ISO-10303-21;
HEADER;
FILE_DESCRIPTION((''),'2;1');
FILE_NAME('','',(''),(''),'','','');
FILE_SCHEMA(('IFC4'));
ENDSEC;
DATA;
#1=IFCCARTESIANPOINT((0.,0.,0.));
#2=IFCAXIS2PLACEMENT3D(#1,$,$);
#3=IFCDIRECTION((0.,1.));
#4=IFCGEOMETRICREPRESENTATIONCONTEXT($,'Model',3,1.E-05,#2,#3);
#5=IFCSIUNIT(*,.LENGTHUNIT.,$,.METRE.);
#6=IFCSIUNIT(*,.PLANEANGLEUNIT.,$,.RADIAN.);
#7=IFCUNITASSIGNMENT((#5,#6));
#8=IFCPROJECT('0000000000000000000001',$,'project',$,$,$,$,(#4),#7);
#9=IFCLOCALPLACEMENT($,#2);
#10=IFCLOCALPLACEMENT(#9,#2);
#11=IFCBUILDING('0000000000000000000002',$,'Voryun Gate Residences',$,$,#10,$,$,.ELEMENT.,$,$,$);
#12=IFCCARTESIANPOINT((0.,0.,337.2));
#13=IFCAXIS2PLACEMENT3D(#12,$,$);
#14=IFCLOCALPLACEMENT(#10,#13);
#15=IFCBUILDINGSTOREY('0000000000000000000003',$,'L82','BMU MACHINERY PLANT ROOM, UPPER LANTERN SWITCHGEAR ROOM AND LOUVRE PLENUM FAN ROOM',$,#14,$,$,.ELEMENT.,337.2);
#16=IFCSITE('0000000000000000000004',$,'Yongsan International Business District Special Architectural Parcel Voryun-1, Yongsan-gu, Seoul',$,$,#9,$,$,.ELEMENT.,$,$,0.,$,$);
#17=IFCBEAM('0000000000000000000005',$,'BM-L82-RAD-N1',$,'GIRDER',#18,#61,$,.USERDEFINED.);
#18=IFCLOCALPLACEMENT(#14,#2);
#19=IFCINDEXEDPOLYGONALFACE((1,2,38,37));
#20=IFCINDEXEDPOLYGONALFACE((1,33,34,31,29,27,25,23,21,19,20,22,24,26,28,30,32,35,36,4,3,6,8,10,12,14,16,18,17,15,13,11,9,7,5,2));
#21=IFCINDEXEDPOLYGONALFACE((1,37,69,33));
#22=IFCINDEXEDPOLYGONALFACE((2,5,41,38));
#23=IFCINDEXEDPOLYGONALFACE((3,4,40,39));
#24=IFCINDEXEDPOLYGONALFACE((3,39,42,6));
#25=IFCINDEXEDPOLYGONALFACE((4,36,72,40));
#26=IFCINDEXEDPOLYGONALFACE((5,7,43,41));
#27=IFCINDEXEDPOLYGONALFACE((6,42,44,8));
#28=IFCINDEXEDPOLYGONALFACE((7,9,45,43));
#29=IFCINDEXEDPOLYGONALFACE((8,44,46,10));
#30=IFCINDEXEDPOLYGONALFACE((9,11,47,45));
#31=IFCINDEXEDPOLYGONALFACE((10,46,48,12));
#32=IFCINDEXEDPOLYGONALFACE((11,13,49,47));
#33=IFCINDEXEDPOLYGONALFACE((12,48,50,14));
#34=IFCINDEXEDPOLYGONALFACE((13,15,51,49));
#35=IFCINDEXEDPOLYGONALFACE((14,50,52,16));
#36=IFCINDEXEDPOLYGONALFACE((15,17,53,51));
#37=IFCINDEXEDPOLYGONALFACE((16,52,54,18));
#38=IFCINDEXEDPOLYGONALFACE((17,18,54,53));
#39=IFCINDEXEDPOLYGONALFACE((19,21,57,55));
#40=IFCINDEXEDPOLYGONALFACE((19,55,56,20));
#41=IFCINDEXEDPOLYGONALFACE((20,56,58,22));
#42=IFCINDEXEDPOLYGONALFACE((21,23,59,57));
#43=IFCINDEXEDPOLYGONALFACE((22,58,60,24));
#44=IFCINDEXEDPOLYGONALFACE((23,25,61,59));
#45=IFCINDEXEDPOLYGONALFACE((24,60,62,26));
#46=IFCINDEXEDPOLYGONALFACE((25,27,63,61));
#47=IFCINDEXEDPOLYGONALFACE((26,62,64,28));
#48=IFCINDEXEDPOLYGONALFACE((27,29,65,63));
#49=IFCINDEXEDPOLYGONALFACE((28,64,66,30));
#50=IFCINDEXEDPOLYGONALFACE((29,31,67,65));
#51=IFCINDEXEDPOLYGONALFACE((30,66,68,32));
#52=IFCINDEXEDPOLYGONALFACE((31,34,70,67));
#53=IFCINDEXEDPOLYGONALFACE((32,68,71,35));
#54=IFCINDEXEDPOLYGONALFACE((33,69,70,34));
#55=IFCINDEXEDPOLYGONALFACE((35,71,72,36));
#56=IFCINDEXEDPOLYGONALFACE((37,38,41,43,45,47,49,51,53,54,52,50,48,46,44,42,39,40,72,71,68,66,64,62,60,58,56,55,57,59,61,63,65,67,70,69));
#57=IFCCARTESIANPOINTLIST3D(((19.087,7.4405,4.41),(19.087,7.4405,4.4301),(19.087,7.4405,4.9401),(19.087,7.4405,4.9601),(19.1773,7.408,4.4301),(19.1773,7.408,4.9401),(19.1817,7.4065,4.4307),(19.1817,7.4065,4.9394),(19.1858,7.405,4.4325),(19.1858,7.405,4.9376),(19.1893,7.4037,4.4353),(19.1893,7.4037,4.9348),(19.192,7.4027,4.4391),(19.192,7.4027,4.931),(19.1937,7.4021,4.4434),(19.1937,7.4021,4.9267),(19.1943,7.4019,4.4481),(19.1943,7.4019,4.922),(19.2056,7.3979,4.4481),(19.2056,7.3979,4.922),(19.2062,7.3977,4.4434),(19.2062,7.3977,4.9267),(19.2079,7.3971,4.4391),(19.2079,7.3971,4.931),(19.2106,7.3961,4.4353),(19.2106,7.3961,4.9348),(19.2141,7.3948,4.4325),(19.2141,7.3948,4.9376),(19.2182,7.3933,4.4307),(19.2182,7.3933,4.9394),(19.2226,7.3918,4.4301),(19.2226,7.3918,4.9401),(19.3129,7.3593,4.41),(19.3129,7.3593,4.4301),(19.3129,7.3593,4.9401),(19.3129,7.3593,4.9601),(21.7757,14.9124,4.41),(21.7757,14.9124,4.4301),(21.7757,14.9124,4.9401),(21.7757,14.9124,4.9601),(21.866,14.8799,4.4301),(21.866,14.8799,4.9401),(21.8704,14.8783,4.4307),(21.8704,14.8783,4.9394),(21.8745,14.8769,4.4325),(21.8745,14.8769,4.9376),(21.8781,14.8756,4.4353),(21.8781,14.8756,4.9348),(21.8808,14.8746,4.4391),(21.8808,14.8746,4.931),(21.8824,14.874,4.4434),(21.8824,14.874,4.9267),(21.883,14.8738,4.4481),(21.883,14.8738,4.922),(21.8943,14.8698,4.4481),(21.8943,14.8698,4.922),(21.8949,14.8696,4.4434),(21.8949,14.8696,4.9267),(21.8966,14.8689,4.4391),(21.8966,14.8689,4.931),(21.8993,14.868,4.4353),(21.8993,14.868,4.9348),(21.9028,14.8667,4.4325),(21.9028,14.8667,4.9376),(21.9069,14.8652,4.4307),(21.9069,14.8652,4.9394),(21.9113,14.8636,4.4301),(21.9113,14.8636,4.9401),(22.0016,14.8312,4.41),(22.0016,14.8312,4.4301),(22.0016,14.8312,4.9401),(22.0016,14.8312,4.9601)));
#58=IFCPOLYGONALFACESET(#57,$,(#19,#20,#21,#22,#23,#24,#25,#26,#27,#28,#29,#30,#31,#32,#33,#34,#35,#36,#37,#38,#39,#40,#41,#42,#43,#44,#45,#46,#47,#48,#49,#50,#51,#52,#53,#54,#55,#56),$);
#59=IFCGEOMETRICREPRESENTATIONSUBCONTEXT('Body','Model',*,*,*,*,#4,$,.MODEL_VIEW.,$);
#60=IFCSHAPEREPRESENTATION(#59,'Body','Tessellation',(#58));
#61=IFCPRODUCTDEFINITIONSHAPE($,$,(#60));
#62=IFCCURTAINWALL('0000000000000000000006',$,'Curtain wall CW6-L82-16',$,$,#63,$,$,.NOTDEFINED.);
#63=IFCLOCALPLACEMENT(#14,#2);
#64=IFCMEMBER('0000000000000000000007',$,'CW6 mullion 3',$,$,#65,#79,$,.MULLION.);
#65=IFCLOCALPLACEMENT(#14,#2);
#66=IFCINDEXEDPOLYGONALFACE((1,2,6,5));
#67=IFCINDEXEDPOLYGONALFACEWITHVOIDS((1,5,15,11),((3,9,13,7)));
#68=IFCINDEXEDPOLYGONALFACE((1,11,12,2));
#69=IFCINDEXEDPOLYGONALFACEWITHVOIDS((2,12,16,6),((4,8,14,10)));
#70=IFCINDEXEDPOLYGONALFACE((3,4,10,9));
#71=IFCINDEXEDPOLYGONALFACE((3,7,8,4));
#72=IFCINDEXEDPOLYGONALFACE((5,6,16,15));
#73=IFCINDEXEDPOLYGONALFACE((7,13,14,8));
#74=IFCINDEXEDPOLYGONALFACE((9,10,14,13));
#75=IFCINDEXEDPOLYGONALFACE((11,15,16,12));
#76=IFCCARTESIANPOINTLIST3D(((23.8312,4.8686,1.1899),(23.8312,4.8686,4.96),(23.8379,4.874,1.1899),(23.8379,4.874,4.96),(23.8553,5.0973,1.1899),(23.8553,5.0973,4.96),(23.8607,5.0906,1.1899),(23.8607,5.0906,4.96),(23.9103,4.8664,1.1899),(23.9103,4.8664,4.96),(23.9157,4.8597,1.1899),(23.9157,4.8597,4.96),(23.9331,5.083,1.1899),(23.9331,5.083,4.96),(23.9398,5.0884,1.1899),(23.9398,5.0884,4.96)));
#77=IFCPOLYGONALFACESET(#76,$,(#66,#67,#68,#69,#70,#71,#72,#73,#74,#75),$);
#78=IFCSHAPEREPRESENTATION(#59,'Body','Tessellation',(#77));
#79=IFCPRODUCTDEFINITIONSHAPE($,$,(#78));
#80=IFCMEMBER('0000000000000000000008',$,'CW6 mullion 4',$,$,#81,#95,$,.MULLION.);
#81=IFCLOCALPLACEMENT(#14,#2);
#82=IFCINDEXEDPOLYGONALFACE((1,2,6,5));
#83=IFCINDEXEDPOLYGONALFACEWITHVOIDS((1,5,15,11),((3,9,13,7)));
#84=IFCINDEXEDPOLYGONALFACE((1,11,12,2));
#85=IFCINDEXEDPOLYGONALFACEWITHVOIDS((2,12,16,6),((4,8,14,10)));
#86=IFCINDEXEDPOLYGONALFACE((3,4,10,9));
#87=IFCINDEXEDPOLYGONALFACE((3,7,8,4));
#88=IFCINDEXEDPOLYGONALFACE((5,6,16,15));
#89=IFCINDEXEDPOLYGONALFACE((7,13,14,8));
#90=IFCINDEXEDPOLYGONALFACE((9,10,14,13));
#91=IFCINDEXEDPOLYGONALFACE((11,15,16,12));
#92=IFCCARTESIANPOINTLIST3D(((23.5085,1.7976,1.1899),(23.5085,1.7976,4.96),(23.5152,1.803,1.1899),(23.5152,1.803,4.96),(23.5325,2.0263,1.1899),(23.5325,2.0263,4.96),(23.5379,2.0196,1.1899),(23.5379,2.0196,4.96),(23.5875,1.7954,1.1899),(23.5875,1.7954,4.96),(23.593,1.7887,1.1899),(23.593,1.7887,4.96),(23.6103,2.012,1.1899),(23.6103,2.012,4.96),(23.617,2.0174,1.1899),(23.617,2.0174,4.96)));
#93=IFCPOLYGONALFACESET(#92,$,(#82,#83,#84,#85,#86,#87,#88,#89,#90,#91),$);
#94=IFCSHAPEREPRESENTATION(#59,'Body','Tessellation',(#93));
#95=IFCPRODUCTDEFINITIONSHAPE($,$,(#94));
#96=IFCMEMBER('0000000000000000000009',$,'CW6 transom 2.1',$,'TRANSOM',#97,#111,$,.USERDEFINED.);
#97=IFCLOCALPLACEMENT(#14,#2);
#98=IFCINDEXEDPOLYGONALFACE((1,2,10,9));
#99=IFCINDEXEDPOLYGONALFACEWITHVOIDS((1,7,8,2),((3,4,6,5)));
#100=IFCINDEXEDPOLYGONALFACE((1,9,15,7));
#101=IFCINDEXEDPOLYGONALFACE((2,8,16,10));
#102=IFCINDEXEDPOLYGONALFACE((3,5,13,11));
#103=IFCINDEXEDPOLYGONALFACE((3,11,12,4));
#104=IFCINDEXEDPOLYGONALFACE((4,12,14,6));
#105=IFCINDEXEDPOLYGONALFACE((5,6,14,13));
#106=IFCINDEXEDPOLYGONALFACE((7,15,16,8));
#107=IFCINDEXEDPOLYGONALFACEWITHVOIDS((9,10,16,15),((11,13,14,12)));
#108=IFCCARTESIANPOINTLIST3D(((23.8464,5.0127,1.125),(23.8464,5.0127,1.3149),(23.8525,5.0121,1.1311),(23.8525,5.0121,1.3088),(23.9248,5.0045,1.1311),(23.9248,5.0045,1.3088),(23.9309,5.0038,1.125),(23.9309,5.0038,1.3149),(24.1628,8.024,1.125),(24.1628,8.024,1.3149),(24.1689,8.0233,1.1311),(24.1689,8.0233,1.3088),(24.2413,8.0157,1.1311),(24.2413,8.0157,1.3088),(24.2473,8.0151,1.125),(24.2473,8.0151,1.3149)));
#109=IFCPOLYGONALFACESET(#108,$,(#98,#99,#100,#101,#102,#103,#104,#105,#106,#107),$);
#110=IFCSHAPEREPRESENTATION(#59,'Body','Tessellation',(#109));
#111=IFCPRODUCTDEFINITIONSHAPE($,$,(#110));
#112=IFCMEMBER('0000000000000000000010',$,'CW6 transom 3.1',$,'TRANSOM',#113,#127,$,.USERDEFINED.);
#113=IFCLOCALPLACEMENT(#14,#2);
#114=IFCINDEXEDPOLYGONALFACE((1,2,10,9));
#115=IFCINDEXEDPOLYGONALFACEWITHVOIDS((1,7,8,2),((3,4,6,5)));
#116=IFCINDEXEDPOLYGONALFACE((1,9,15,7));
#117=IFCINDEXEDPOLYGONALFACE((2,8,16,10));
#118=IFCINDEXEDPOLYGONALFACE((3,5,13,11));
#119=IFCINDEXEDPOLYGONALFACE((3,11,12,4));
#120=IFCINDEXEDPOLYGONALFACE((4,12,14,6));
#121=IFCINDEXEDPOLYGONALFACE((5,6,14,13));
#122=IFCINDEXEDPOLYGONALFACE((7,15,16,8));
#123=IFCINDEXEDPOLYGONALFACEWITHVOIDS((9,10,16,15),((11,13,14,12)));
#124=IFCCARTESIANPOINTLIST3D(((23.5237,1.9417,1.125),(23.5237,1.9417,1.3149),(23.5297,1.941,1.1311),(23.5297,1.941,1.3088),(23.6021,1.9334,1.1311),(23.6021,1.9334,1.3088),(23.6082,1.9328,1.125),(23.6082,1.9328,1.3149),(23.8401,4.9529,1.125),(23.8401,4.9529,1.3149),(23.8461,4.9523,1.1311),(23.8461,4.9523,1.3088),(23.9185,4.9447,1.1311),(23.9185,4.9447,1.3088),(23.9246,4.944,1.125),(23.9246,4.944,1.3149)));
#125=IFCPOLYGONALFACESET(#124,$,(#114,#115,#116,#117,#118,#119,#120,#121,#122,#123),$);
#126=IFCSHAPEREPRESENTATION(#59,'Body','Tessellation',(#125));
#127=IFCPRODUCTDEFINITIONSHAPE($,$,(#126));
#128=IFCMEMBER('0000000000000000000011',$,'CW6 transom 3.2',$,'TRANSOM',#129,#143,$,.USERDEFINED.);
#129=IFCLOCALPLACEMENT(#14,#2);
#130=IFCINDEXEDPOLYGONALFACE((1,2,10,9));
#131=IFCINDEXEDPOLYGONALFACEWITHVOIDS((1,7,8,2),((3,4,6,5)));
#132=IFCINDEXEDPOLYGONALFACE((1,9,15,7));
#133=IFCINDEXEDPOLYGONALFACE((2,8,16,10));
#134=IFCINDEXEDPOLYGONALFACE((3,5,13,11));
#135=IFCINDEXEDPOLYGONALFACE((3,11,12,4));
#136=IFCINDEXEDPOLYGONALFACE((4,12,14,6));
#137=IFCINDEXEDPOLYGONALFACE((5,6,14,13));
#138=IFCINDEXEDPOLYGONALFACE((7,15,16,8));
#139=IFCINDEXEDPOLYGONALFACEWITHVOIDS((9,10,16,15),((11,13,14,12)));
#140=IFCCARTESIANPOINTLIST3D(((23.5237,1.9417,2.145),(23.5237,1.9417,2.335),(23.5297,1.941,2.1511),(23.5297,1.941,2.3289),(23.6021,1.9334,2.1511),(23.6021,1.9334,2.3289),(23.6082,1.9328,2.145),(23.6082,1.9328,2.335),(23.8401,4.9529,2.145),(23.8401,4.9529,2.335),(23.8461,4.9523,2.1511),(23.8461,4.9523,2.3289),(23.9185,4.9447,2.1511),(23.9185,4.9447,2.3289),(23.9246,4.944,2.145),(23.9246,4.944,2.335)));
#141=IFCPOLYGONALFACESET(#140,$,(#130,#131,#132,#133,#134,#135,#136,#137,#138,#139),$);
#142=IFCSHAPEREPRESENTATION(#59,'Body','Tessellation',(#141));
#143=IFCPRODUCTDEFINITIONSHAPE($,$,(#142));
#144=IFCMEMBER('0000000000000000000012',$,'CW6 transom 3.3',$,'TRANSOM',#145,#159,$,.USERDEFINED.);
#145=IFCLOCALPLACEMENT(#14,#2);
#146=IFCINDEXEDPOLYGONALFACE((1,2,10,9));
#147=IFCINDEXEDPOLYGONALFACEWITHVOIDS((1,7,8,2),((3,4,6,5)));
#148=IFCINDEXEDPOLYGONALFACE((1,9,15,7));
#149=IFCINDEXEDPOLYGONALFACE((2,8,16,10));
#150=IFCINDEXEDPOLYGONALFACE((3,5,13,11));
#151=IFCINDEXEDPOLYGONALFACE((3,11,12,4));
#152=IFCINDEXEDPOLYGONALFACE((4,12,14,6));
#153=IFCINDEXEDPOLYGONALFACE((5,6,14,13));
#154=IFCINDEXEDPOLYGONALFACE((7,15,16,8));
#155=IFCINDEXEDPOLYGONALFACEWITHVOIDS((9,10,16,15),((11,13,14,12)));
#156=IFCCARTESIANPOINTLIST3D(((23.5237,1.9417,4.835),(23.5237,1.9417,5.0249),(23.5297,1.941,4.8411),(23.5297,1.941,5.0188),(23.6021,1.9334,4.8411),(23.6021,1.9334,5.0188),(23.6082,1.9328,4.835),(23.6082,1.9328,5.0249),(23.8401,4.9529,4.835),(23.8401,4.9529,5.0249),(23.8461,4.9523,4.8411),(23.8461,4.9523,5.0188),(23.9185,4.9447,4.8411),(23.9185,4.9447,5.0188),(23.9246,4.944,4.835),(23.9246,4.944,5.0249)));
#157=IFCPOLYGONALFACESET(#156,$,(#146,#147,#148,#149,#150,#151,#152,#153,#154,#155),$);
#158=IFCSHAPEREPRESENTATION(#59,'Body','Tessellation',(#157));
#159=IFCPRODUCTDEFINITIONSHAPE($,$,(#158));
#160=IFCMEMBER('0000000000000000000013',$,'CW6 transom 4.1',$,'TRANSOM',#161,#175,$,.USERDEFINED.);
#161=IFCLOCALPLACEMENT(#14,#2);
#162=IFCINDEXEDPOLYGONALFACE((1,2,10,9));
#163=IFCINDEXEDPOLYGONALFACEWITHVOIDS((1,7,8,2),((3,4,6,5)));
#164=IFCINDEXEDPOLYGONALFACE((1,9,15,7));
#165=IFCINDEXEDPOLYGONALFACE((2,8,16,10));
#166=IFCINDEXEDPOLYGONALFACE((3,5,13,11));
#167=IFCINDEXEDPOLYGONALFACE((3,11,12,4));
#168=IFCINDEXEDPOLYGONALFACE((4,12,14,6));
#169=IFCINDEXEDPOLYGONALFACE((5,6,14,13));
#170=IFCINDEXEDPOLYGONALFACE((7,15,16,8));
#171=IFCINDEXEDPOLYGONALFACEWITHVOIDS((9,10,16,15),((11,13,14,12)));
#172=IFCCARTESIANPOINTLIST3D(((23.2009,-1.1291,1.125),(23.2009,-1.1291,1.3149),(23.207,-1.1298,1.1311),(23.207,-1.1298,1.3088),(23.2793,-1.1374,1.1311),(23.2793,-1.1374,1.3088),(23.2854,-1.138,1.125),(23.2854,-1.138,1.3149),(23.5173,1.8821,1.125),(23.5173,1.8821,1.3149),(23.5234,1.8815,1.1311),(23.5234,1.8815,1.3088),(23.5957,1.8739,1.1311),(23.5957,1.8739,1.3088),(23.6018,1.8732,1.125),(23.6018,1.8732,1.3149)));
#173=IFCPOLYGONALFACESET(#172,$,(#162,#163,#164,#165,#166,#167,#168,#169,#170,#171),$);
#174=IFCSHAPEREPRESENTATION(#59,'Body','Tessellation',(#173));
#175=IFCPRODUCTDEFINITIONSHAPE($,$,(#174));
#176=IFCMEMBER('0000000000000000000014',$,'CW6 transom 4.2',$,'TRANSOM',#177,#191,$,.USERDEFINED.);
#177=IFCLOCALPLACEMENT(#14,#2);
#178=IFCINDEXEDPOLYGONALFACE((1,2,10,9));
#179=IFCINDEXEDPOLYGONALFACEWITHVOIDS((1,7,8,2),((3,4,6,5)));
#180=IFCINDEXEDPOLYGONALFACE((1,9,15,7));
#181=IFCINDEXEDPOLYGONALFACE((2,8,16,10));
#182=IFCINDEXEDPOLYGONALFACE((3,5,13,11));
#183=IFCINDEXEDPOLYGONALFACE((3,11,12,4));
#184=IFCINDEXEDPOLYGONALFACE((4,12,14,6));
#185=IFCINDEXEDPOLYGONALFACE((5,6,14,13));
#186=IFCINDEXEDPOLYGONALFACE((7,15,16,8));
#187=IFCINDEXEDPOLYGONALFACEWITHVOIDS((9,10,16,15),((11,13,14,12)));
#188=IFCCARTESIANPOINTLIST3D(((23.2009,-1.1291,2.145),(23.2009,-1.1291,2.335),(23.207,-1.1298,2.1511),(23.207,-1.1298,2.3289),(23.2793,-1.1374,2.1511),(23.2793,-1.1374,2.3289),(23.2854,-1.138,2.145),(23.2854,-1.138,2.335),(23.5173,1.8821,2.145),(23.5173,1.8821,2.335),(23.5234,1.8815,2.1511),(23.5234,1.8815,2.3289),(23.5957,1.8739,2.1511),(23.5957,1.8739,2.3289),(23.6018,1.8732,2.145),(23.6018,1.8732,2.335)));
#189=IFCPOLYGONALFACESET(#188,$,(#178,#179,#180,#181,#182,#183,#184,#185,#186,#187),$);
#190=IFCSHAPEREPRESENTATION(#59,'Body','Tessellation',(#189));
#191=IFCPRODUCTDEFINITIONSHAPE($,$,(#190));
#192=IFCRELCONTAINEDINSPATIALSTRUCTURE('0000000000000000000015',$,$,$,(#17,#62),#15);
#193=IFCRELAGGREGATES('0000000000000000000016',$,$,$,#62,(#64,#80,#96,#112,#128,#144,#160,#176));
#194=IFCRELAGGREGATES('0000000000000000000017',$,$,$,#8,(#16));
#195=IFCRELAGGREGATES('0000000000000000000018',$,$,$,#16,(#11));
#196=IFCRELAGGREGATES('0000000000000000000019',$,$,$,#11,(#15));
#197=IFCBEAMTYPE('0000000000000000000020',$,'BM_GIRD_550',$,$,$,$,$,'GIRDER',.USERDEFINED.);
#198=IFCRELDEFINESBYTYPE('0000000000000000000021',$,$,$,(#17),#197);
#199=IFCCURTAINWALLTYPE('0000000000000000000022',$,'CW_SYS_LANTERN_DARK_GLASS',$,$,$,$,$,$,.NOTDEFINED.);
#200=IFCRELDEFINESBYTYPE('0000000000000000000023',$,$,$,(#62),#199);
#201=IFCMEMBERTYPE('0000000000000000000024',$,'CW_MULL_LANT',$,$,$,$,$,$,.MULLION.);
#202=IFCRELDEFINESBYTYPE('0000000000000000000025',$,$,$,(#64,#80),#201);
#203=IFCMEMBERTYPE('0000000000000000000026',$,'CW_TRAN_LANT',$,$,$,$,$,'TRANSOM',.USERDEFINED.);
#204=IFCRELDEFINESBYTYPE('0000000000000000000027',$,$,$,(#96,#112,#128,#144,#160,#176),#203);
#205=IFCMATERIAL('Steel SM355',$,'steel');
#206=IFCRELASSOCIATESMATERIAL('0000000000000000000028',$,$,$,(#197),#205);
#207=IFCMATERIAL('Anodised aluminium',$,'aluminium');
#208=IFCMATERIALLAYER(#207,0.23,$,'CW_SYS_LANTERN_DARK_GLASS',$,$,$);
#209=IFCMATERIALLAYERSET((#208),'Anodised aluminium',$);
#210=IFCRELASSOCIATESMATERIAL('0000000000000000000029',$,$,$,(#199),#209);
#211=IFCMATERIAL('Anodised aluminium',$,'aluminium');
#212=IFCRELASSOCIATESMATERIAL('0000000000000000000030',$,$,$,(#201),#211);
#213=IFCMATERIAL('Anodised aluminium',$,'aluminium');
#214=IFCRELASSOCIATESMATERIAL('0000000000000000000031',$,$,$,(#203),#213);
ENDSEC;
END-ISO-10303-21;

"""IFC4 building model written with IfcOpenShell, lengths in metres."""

from ifc_helpers import new_model, si_unit, direction, frame, origin, origin_2d, place, context, subcontext, project, spatial, hollow_rectangle, i_section, extrude, material, layer, layer_set, material_profile, profile_set, type_object, element, aggregate, save


model = new_model("IFC4")

# Units and contexts
model_context = context("Model", 3, precision=1e-05, world=origin(), true_north=direction((0.0, 1.0)))
body_context = subcontext(model_context, "Body", "Model", "MODEL_VIEW")
ifc_project = project(units=[si_unit("LENGTHUNIT", "METRE"), si_unit("PLANEANGLEUNIT", "RADIAN")], contexts=[model_context])

# Site, building, storey
site_placement = place(None, origin())
site = spatial("IfcSite", under=ifc_project, at=site_placement, Name="Yongsan International Business District Special Architectural Parcel Voryun-1, Yongsan-gu, Seoul", CompositionType="ELEMENT", RefElevation=0.0)
building_placement = place(site_placement, origin())
building = spatial("IfcBuilding", under=site, at=building_placement, Name="Voryun Gate Residences", CompositionType="ELEMENT")
storey_placement = place(building_placement, frame((0.0, 0.0, 337.2)))
storey = spatial("IfcBuildingStorey", under=building, at=storey_placement, Name="L82", Description="BMU MACHINERY PLANT ROOM, UPPER LANTERN SWITCHGEAR ROOM AND LOUVRE PLENUM FAN ROOM", CompositionType="ELEMENT", Elevation=337.2)

# Beam
ifc_material_1 = material(Name="Steel SM355", Category="steel")
ifc_material_profile_1 = material_profile(ifc_material_1, i_section(OverallWidth=0.24, OverallDepth=0.55, WebThickness=0.012, FlangeThickness=0.02, FilletRadius=0.0181, at=origin_2d()), Name="H-550x240x12x20")
ifc_profile_set_1 = profile_set([ifc_material_profile_1], Name="Steel SM355")
beam_type_1 = type_object("IfcBeamType", Name="BM_GIRD_550", ElementType="GIRDER", PredefinedType="USERDEFINED", material=ifc_profile_set_1)
beam_1_placement = place(storey_placement, frame((19.2, 7.3999, 4.6851), z_axis=(0.338589, 0.940934, 0.0), x_axis=(-0.940934, 0.338589, 0.0)))
element("IfcBeam", 1, at=beam_1_placement, inside=storey, type_object=beam_type_1, Name="BM-L82-RAD-N1", ObjectType="GIRDER", PredefinedType="USERDEFINED", context=body_context, shape_type="SweptSolid", body=[
    extrude(i_section(OverallWidth=0.24, OverallDepth=0.55, WebThickness=0.012, FlangeThickness=0.02, FilletRadius=0.0181, at=origin_2d()), origin(), (0.0, 0.0, 1.0), 7.9409),
])

# Curtain wall, members
ifc_material_2 = material(Name="Anodised aluminium", Category="aluminium")
ifc_layer_1 = layer(ifc_material_2, 0.23, Name="CW_SYS_LANTERN_DARK_GLASS")
ifc_layer_set_1 = layer_set([ifc_layer_1], Name="Anodised aluminium")
curtain_wall_type = type_object("IfcCurtainWallType", Name="CW_SYS_LANTERN_DARK_GLASS", PredefinedType="NOTDEFINED", material=ifc_layer_set_1)
curtain_wall_placement = place(storey_placement, origin())
curtain_wall = element("IfcCurtainWall", 2, at=curtain_wall_placement, inside=storey, type_object=curtain_wall_type, Name="Curtain wall CW6-L82-16", PredefinedType="NOTDEFINED")
ifc_material_3 = material(Name="Anodised aluminium", Category="aluminium")
ifc_material_profile_2 = material_profile(ifc_material_3, hollow_rectangle(XDim=0.085, YDim=0.23, WallThickness=0.0061, at=origin_2d()), Name="ALU-MULL-230x85x6")
ifc_profile_set_2 = profile_set([ifc_material_profile_2], Name="Anodised aluminium")
member_type_1 = type_object("IfcMemberType", Name="CW_MULL_LANT", PredefinedType="MULLION", material=ifc_profile_set_2)
member_1_placement = place(storey_placement, frame((23.8855, 4.9785, 1.1899), z_axis=(0.0, 0.0, 1.0), x_axis=(0.994522, -0.104528, 0.0)))
member_1 = element("IfcMember", 3, at=member_1_placement, type_object=member_type_1, Name="CW6 mullion 3", PredefinedType="MULLION", context=body_context, shape_type="SweptSolid", body=[
    extrude(hollow_rectangle(XDim=0.085, YDim=0.23, WallThickness=0.0061, at=origin_2d()), origin(), (0.0, 0.0, 1.0), 3.77),
])
member_2_placement = place(storey_placement, frame((23.5627, 1.9075, 1.1899), z_axis=(0.0, 0.0, 1.0), x_axis=(0.994522, -0.104528, 0.0)))
member_2 = element("IfcMember", 4, at=member_2_placement, type_object=member_type_1, Name="CW6 mullion 4", PredefinedType="MULLION", context=body_context, shape_type="SweptSolid", body=[
    extrude(hollow_rectangle(XDim=0.085, YDim=0.23, WallThickness=0.0061, at=origin_2d()), origin(), (0.0, 0.0, 1.0), 3.77),
])
ifc_material_4 = material(Name="Anodised aluminium", Category="aluminium")
ifc_material_profile_3 = material_profile(ifc_material_4, hollow_rectangle(XDim=0.085, YDim=0.1899, WallThickness=0.0061, at=origin_2d()), Name="ALU-TRAN-190x85x6")
ifc_profile_set_3 = profile_set([ifc_material_profile_3], Name="Anodised aluminium")
member_type_2 = type_object("IfcMemberType", Name="CW_TRAN_LANT", ElementType="TRANSOM", PredefinedType="USERDEFINED", material=ifc_profile_set_3)
member_3_placement = place(storey_placement, frame((24.2051, 8.0195, 1.22), z_axis=(-0.1045, -0.994525, 0.0), x_axis=(0.994525, -0.1045, 0.0)))
member_3 = element("IfcMember", 5, at=member_3_placement, type_object=member_type_2, Name="CW6 transom 2.1", ObjectType="TRANSOM", PredefinedType="USERDEFINED", context=body_context, shape_type="SweptSolid", body=[
    extrude(hollow_rectangle(XDim=0.085, YDim=0.1899, WallThickness=0.0061, at=origin_2d()), origin(), (0.0, 0.0, 1.0), 3.0278),
])
member_4_placement = place(storey_placement, frame((23.8823, 4.9485, 1.22), z_axis=(-0.1045, -0.994525, 0.0), x_axis=(0.994525, -0.1045, 0.0)))
member_4 = element("IfcMember", 6, at=member_4_placement, type_object=member_type_2, Name="CW6 transom 3.1", ObjectType="TRANSOM", PredefinedType="USERDEFINED", context=body_context, shape_type="SweptSolid", body=[
    extrude(hollow_rectangle(XDim=0.085, YDim=0.1899, WallThickness=0.0061, at=origin_2d()), origin(), (0.0, 0.0, 1.0), 3.0278),
])
member_5_placement = place(storey_placement, frame((23.8823, 4.9485, 2.24), z_axis=(-0.1045, -0.994525, 0.0), x_axis=(0.994525, -0.1045, 0.0)))
member_5 = element("IfcMember", 7, at=member_5_placement, type_object=member_type_2, Name="CW6 transom 3.2", ObjectType="TRANSOM", PredefinedType="USERDEFINED", context=body_context, shape_type="SweptSolid", body=[
    extrude(hollow_rectangle(XDim=0.085, YDim=0.1899, WallThickness=0.0061, at=origin_2d()), origin(), (0.0, 0.0, 1.0), 3.0278),
])
member_6_placement = place(storey_placement, frame((23.8823, 4.9485, 4.9299), z_axis=(-0.1045, -0.994525, 0.0), x_axis=(0.994525, -0.1045, 0.0)))
member_6 = element("IfcMember", 8, at=member_6_placement, type_object=member_type_2, Name="CW6 transom 3.3", ObjectType="TRANSOM", PredefinedType="USERDEFINED", context=body_context, shape_type="SweptSolid", body=[
    extrude(hollow_rectangle(XDim=0.085, YDim=0.1899, WallThickness=0.0061, at=origin_2d()), origin(), (0.0, 0.0, 1.0), 3.0278),
])
member_7_placement = place(storey_placement, frame((23.5596, 1.8777, 1.22), z_axis=(-0.1045, -0.994525, 0.0), x_axis=(0.994525, -0.1045, 0.0)))
member_7 = element("IfcMember", 9, at=member_7_placement, type_object=member_type_2, Name="CW6 transom 4.1", ObjectType="TRANSOM", PredefinedType="USERDEFINED", context=body_context, shape_type="SweptSolid", body=[
    extrude(hollow_rectangle(XDim=0.085, YDim=0.1899, WallThickness=0.0061, at=origin_2d()), origin(), (0.0, 0.0, 1.0), 3.0278),
])
member_8_placement = place(storey_placement, frame((23.5596, 1.8777, 2.24), z_axis=(-0.1045, -0.994525, 0.0), x_axis=(0.994525, -0.1045, 0.0)))
member_8 = element("IfcMember", 10, at=member_8_placement, type_object=member_type_2, Name="CW6 transom 4.2", ObjectType="TRANSOM", PredefinedType="USERDEFINED", context=body_context, shape_type="SweptSolid", body=[
    extrude(hollow_rectangle(XDim=0.085, YDim=0.1899, WallThickness=0.0061, at=origin_2d()), origin(), (0.0, 0.0, 1.0), 3.0278),
])

aggregate(curtain_wall, [member_1, member_2, member_3, member_4, member_5, member_6, member_7, member_8])

save(model, "model.ifc")
